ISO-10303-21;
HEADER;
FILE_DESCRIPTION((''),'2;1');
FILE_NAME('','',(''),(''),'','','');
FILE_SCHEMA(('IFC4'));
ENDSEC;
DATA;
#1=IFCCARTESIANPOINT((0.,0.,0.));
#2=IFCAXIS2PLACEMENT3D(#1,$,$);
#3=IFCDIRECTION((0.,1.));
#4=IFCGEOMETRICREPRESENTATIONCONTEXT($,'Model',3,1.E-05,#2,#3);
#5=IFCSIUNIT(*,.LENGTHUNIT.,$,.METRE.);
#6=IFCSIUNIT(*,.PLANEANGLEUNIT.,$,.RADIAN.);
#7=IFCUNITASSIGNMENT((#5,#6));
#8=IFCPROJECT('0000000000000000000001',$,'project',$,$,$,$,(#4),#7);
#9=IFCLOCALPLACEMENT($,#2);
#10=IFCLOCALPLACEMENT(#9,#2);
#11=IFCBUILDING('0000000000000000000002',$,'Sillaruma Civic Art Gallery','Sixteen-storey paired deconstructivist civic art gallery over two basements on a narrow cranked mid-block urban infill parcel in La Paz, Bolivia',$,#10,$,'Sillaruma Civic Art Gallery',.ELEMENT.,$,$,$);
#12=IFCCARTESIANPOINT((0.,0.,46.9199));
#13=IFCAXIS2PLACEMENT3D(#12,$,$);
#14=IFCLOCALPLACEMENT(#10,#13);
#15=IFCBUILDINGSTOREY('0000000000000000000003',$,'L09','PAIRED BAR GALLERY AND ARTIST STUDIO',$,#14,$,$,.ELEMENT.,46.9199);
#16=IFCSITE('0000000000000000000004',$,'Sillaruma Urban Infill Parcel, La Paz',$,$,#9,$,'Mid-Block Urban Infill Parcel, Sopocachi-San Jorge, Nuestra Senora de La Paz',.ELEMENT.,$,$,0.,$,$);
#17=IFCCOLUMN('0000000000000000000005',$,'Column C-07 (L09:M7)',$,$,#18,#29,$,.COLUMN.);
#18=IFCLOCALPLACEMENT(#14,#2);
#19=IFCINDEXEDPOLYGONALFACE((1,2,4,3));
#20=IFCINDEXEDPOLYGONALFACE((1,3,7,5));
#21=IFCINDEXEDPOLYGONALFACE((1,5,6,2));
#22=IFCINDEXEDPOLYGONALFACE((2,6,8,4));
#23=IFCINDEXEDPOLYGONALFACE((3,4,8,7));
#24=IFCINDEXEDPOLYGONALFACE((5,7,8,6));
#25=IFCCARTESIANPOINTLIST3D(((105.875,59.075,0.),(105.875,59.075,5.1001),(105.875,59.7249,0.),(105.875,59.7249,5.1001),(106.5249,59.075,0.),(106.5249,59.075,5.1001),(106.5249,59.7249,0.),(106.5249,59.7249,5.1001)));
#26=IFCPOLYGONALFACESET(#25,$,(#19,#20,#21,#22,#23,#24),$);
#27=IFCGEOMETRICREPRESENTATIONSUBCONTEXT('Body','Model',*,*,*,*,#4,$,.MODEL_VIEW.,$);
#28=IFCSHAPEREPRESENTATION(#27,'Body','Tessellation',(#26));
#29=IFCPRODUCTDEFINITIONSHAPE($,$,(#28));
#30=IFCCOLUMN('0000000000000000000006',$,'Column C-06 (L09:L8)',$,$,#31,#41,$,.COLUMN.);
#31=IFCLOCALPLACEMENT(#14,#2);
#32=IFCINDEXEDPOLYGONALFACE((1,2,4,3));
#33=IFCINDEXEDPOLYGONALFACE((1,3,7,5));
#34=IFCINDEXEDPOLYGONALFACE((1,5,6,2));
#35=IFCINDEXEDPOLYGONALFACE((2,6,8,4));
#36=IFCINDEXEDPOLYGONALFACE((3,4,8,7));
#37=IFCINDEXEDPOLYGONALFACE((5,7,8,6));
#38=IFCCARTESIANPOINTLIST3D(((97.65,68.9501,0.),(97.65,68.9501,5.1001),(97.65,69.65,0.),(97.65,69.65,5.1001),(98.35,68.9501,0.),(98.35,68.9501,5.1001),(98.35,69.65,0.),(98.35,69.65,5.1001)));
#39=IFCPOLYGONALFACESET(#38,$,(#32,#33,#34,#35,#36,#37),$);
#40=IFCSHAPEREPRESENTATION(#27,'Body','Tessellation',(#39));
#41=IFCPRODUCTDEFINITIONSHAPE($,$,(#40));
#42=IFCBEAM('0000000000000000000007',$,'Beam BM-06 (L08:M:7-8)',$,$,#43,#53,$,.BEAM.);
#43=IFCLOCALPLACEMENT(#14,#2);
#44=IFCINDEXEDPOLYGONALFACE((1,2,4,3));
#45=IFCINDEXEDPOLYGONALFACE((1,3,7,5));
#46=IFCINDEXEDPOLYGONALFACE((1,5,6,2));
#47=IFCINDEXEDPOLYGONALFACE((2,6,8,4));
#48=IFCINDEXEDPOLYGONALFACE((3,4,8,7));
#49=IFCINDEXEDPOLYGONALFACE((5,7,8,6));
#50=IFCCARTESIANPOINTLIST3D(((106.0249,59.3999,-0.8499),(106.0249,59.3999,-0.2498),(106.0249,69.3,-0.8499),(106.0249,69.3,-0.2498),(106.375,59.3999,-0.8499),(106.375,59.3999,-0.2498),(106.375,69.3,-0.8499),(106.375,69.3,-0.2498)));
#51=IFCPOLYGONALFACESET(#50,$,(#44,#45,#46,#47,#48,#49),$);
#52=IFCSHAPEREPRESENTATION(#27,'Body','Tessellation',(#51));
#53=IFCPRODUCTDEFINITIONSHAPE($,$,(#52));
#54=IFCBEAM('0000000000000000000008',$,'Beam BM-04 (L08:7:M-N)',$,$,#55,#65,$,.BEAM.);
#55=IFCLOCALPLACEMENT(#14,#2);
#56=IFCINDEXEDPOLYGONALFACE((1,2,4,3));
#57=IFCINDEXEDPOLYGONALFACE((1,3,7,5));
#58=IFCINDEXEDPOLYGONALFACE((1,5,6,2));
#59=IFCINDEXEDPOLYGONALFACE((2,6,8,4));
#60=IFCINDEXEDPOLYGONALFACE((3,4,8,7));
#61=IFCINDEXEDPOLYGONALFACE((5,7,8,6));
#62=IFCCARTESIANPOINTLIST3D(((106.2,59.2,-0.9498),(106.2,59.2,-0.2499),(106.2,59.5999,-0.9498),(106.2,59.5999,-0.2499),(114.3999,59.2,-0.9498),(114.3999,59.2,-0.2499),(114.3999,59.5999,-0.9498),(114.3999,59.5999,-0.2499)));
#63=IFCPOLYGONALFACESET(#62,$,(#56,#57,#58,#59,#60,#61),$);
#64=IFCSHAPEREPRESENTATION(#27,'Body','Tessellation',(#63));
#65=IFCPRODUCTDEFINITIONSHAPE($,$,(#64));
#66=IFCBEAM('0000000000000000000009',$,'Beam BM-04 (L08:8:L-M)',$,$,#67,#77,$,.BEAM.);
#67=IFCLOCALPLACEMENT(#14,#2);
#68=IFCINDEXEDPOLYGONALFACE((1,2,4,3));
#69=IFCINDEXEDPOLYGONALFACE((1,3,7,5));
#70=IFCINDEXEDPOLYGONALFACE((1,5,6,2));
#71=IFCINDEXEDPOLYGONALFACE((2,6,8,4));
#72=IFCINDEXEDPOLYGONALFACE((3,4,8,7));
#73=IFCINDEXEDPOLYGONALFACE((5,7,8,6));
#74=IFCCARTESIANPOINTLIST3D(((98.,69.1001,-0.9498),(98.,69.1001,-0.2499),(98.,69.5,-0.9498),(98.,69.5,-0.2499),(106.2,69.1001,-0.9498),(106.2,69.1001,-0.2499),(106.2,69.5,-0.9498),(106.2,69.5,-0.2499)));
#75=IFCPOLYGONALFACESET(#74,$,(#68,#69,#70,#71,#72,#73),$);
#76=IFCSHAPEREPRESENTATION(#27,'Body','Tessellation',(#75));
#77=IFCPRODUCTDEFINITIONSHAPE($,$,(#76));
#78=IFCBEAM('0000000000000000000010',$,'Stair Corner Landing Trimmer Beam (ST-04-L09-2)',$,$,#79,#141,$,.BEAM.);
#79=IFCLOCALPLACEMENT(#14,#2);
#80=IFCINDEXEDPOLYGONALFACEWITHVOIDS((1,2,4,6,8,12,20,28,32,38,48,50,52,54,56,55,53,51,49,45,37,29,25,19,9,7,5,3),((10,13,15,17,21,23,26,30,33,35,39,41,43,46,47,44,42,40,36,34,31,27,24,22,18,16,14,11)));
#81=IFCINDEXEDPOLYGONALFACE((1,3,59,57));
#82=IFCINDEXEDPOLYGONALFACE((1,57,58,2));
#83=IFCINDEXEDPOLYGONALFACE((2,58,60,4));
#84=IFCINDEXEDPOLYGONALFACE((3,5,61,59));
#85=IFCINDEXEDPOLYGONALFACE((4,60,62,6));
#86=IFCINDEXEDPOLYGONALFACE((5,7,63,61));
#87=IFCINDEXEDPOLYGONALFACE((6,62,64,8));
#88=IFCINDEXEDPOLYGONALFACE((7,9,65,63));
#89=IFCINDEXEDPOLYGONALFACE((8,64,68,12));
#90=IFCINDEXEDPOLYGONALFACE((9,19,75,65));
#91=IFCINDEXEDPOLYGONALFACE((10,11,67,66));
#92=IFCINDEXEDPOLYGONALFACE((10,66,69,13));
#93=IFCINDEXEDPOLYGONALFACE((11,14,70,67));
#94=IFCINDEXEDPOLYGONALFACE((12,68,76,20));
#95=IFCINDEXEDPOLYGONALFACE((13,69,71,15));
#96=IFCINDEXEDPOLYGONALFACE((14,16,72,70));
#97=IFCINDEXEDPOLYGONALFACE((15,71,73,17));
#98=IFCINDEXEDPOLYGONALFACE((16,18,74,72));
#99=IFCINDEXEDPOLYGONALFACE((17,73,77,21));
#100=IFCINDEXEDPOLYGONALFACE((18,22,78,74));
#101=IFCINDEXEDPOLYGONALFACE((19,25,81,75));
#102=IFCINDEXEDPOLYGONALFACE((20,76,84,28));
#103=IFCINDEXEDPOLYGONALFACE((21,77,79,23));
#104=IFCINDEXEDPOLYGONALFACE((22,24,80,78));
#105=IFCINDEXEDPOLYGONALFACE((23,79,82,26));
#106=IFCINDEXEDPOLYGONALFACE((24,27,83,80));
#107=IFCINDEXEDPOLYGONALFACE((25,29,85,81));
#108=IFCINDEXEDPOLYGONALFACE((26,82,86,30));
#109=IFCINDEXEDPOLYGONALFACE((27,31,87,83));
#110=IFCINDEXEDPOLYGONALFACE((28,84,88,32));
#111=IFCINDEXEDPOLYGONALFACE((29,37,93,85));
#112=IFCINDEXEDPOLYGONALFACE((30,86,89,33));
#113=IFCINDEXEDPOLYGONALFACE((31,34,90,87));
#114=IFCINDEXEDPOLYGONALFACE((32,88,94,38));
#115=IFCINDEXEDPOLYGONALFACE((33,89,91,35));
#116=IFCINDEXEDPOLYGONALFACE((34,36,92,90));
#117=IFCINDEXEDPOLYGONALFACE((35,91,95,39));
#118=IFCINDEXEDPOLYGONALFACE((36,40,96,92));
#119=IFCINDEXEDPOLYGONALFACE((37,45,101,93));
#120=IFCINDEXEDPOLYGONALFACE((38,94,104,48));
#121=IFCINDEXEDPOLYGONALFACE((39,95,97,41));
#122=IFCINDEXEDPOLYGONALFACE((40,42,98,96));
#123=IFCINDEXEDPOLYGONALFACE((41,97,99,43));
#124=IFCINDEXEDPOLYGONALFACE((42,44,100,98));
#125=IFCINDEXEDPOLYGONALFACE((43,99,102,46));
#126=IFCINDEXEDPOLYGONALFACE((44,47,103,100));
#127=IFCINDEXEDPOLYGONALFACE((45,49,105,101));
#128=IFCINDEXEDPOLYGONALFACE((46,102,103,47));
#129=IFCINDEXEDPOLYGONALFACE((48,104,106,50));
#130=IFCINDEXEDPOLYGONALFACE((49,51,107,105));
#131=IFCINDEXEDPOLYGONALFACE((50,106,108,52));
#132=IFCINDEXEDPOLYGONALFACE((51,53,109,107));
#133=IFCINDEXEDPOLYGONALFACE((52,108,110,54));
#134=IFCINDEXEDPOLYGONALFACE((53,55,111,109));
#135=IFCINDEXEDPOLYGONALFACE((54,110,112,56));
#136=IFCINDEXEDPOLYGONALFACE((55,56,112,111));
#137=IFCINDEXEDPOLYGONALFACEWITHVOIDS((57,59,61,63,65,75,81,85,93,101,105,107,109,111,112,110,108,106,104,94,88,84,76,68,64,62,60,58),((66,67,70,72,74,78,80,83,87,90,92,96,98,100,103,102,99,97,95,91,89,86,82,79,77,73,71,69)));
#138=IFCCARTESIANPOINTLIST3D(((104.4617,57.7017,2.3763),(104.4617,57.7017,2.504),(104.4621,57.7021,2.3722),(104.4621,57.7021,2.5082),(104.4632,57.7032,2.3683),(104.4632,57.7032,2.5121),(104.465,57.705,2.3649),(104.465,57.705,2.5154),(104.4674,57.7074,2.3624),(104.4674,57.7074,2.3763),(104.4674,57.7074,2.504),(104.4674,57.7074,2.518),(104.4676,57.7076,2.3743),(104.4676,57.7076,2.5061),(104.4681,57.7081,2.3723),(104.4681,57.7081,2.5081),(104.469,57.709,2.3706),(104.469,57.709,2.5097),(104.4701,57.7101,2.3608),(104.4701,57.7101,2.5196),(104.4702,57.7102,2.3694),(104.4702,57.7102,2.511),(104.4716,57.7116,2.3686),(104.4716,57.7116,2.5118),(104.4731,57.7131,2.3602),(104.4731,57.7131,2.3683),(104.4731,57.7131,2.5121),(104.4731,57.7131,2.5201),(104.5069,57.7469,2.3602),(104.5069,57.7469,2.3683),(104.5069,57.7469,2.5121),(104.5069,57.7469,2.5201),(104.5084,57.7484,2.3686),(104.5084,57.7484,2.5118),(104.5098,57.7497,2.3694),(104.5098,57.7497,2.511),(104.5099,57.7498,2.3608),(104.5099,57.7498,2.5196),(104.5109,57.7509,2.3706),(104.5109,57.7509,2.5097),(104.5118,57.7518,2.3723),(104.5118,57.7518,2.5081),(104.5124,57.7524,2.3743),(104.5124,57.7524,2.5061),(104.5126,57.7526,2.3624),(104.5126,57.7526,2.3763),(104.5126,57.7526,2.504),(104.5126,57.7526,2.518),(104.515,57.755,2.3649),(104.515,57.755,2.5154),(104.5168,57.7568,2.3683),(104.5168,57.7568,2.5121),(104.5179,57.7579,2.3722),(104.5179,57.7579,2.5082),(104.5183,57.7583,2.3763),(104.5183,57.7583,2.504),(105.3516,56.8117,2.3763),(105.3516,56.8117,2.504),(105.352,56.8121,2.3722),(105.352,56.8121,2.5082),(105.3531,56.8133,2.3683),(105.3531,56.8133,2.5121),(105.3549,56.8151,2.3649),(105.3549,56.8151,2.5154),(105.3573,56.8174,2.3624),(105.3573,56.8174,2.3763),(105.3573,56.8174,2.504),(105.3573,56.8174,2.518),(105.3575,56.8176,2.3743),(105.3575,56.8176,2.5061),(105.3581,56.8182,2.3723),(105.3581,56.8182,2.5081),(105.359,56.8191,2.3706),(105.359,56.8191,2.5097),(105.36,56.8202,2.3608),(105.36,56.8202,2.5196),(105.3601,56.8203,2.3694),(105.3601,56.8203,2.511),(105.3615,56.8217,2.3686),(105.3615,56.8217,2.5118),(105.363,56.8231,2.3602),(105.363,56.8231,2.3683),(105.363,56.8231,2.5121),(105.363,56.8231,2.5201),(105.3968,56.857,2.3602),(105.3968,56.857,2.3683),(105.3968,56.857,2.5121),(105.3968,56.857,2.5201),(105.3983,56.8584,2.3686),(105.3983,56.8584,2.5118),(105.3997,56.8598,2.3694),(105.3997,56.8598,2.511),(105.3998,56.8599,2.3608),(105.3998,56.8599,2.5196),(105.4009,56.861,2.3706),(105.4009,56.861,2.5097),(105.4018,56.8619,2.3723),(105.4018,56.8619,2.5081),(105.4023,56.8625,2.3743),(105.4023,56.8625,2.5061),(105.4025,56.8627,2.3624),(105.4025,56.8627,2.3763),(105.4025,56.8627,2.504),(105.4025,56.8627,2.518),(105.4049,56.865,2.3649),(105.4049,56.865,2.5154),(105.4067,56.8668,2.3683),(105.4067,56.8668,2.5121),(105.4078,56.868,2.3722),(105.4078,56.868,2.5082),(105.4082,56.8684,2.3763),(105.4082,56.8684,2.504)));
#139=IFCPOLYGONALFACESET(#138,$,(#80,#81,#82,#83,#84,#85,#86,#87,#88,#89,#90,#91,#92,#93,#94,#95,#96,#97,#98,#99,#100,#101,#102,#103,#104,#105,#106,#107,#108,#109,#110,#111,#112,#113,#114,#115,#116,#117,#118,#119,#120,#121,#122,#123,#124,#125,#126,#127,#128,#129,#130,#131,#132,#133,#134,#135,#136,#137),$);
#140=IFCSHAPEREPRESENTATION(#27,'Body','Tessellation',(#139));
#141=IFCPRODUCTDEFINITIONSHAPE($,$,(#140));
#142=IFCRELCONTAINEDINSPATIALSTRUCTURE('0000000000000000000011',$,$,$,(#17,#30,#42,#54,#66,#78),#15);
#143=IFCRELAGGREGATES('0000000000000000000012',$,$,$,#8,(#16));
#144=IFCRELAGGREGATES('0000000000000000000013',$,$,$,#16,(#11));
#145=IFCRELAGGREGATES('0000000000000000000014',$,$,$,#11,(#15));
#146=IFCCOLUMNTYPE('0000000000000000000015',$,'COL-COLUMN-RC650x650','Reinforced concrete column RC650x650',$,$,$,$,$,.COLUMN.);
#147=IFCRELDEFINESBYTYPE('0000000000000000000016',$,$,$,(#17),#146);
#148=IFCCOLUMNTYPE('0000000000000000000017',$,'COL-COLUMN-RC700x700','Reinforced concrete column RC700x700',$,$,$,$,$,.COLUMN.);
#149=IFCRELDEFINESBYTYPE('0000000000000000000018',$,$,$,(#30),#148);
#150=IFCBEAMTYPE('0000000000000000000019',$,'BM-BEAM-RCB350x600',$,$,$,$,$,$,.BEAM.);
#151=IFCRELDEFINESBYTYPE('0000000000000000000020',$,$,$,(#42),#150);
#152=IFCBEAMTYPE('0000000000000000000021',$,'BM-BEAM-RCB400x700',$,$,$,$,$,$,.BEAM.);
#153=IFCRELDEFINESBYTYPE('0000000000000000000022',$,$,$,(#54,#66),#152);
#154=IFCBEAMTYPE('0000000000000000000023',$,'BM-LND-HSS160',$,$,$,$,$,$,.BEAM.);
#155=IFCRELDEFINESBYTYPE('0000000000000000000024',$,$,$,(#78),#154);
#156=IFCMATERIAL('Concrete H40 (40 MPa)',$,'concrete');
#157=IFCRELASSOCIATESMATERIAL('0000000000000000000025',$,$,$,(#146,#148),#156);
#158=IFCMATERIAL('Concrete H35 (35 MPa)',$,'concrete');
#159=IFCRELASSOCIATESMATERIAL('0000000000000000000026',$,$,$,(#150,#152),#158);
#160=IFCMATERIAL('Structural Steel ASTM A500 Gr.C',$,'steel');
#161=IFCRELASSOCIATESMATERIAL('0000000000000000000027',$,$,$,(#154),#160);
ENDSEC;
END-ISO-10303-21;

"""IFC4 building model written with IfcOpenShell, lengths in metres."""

from ifc_helpers import new_model, si_unit, direction, frame, origin, origin_2d, place, context, subcontext, project, spatial, rectangle, hollow_rectangle, extrude, material, material_profile, profile_set, type_object, element, save


model = new_model("IFC4")

# Units and contexts
model_context = context("Model", 3, precision=1e-05, world=origin(), true_north=direction((0.0, 1.0)))
body_context = subcontext(model_context, "Body", "Model", "MODEL_VIEW")
ifc_project = project(units=[si_unit("LENGTHUNIT", "METRE"), si_unit("PLANEANGLEUNIT", "RADIAN")], contexts=[model_context])

# Site, building, storey
site_placement = place(None, origin())
site = spatial("IfcSite", under=ifc_project, at=site_placement, Name="Sillaruma Urban Infill Parcel, La Paz", LongName="Mid-Block Urban Infill Parcel, Sopocachi-San Jorge, Nuestra Senora de La Paz", CompositionType="ELEMENT", RefElevation=0.0)
building_placement = place(site_placement, origin())
building = spatial("IfcBuilding", under=site, at=building_placement, Name="Sillaruma Civic Art Gallery", Description="Sixteen-storey paired deconstructivist civic art gallery over two basements on a narrow cranked mid-block urban infill parcel in La Paz, Bolivia", LongName="Sillaruma Civic Art Gallery", CompositionType="ELEMENT")
storey_placement = place(building_placement, frame((0.0, 0.0, 46.9199)))
storey = spatial("IfcBuildingStorey", under=building, at=storey_placement, Name="L09", Description="PAIRED BAR GALLERY AND ARTIST STUDIO", CompositionType="ELEMENT", Elevation=46.9199)

# Columns
ifc_material_1 = material(Name="Concrete H40 (40 MPa)", Category="concrete")
ifc_material_profile_1 = material_profile(ifc_material_1, rectangle(XDim=0.6499, YDim=0.6499, at=origin_2d()), Name="RC650x650")
ifc_profile_set_1 = profile_set([ifc_material_profile_1], Name="Concrete H40 (40 MPa)")
column_type_1 = type_object("IfcColumnType", Name="COL-COLUMN-RC650x650", Description="Reinforced concrete column RC650x650", PredefinedType="COLUMN", material=ifc_profile_set_1)
column_1_placement = place(storey_placement, frame((106.2, 59.3999, 0.0), z_axis=(0.0, 0.0, 1.0), x_axis=(1.0, 0.0, 0.0)))
element("IfcColumn", 1, at=column_1_placement, inside=storey, type_object=column_type_1, Name="Column C-07 (L09:M7)", PredefinedType="COLUMN", context=body_context, shape_type="SweptSolid", body=[
    extrude(rectangle(XDim=0.6499, YDim=0.6499, at=origin_2d()), origin(), (0.0, 0.0, 1.0), 5.1001),
])
ifc_material_profile_2 = material_profile(ifc_material_1, rectangle(XDim=0.7, YDim=0.7, at=origin_2d()), Name="RC700x700")
ifc_profile_set_2 = profile_set([ifc_material_profile_2], Name="Concrete H40 (40 MPa)")
column_type_2 = type_object("IfcColumnType", Name="COL-COLUMN-RC700x700", Description="Reinforced concrete column RC700x700", PredefinedType="COLUMN", material=ifc_profile_set_2)
column_2_placement = place(storey_placement, frame((98.0, 69.3, 0.0), z_axis=(0.0, 0.0, 1.0), x_axis=(1.0, 0.0, 0.0)))
element("IfcColumn", 2, at=column_2_placement, inside=storey, type_object=column_type_2, Name="Column C-06 (L09:L8)", PredefinedType="COLUMN", context=body_context, shape_type="SweptSolid", body=[
    extrude(rectangle(XDim=0.7, YDim=0.7, at=origin_2d()), origin(), (0.0, 0.0, 1.0), 5.1001),
])

# Beams
ifc_material_2 = material(Name="Concrete H35 (35 MPa)", Category="concrete")
ifc_material_profile_3 = material_profile(ifc_material_2, rectangle(XDim=0.3501, YDim=0.6001, at=origin_2d()), Name="RCB350x600")
ifc_profile_set_3 = profile_set([ifc_material_profile_3], Name="Concrete H35 (35 MPa)")
beam_type_1 = type_object("IfcBeamType", Name="BM-BEAM-RCB350x600", PredefinedType="BEAM", material=ifc_profile_set_3)
beam_1_placement = place(storey_placement, frame((106.2, 59.3999, -0.5498), z_axis=(0.0, 1.0, 0.0), x_axis=(-1.0, 0.0, 0.0)))
element("IfcBeam", 3, at=beam_1_placement, inside=storey, type_object=beam_type_1, Name="Beam BM-06 (L08:M:7-8)", PredefinedType="BEAM", context=body_context, shape_type="SweptSolid", body=[
    extrude(rectangle(XDim=0.3501, YDim=0.6001, at=origin_2d()), origin(), (0.0, 0.0, 1.0), 9.9001),
])
ifc_material_profile_4 = material_profile(ifc_material_2, rectangle(XDim=0.3999, YDim=0.7, at=origin_2d()), Name="RCB400x700")
ifc_profile_set_4 = profile_set([ifc_material_profile_4], Name="Concrete H35 (35 MPa)")
beam_type_2 = type_object("IfcBeamType", Name="BM-BEAM-RCB400x700", PredefinedType="BEAM", material=ifc_profile_set_4)
for number, where, z_axis, x_axis, name in (
    (4, (106.2, 59.3999, -0.5999), (1.0, 0.0, 0.0), (0.0, 1.0, 0.0), "Beam BM-04 (L08:7:M-N)"),
    (5, (98.0, 69.3, -0.5999), (1.0, 0.0, 0.0), (0.0, 1.0, 0.0), "Beam BM-04 (L08:8:L-M)"),
):
    element("IfcBeam", number, at=place(storey_placement, frame(where, z_axis=z_axis, x_axis=x_axis)), inside=storey, type_object=beam_type_2, Name=name, PredefinedType="BEAM", context=body_context, shape_type="SweptSolid", body=[
        extrude(rectangle(XDim=0.3999, YDim=0.7, at=origin_2d()), origin(), (0.0, 0.0, 1.0), 8.2),
    ])
ifc_material_3 = material(Name="Structural Steel ASTM A500 Gr.C", Category="steel")
ifc_material_profile_5 = material_profile(ifc_material_3, hollow_rectangle(XDim=0.0801, YDim=0.1599, WallThickness=0.0081, InnerFilletRadius=0.0081, OuterFilletRadius=0.0161, at=origin_2d()), Name="HSS160x80x8")
ifc_profile_set_5 = profile_set([ifc_material_profile_5], Name="Structural Steel ASTM A500 Gr.C")
beam_type_3 = type_object("IfcBeamType", Name="BM-LND-HSS160", PredefinedType="BEAM", material=ifc_profile_set_5)
for number, where, z_axis, x_axis, name in (
    (6, (104.49, 57.73, 2.4402), (0.707107, -0.707107, 0.0), (0.707107, 0.707107, 0.0), "Stair Corner Landing Trimmer Beam (ST-04-L09-2)"),
):
    element("IfcBeam", number, at=place(storey_placement, frame(where, z_axis=z_axis, x_axis=x_axis)), inside=storey, type_object=beam_type_3, Name=name, PredefinedType="BEAM", context=body_context, shape_type="SweptSolid", body=[
        extrude(hollow_rectangle(XDim=0.0801, YDim=0.1599, WallThickness=0.0081, InnerFilletRadius=0.0081, OuterFilletRadius=0.0161, at=origin_2d()), origin(), (0.0, 0.0, 1.0), 1.2585),
    ])

save(model, "model.ifc")
